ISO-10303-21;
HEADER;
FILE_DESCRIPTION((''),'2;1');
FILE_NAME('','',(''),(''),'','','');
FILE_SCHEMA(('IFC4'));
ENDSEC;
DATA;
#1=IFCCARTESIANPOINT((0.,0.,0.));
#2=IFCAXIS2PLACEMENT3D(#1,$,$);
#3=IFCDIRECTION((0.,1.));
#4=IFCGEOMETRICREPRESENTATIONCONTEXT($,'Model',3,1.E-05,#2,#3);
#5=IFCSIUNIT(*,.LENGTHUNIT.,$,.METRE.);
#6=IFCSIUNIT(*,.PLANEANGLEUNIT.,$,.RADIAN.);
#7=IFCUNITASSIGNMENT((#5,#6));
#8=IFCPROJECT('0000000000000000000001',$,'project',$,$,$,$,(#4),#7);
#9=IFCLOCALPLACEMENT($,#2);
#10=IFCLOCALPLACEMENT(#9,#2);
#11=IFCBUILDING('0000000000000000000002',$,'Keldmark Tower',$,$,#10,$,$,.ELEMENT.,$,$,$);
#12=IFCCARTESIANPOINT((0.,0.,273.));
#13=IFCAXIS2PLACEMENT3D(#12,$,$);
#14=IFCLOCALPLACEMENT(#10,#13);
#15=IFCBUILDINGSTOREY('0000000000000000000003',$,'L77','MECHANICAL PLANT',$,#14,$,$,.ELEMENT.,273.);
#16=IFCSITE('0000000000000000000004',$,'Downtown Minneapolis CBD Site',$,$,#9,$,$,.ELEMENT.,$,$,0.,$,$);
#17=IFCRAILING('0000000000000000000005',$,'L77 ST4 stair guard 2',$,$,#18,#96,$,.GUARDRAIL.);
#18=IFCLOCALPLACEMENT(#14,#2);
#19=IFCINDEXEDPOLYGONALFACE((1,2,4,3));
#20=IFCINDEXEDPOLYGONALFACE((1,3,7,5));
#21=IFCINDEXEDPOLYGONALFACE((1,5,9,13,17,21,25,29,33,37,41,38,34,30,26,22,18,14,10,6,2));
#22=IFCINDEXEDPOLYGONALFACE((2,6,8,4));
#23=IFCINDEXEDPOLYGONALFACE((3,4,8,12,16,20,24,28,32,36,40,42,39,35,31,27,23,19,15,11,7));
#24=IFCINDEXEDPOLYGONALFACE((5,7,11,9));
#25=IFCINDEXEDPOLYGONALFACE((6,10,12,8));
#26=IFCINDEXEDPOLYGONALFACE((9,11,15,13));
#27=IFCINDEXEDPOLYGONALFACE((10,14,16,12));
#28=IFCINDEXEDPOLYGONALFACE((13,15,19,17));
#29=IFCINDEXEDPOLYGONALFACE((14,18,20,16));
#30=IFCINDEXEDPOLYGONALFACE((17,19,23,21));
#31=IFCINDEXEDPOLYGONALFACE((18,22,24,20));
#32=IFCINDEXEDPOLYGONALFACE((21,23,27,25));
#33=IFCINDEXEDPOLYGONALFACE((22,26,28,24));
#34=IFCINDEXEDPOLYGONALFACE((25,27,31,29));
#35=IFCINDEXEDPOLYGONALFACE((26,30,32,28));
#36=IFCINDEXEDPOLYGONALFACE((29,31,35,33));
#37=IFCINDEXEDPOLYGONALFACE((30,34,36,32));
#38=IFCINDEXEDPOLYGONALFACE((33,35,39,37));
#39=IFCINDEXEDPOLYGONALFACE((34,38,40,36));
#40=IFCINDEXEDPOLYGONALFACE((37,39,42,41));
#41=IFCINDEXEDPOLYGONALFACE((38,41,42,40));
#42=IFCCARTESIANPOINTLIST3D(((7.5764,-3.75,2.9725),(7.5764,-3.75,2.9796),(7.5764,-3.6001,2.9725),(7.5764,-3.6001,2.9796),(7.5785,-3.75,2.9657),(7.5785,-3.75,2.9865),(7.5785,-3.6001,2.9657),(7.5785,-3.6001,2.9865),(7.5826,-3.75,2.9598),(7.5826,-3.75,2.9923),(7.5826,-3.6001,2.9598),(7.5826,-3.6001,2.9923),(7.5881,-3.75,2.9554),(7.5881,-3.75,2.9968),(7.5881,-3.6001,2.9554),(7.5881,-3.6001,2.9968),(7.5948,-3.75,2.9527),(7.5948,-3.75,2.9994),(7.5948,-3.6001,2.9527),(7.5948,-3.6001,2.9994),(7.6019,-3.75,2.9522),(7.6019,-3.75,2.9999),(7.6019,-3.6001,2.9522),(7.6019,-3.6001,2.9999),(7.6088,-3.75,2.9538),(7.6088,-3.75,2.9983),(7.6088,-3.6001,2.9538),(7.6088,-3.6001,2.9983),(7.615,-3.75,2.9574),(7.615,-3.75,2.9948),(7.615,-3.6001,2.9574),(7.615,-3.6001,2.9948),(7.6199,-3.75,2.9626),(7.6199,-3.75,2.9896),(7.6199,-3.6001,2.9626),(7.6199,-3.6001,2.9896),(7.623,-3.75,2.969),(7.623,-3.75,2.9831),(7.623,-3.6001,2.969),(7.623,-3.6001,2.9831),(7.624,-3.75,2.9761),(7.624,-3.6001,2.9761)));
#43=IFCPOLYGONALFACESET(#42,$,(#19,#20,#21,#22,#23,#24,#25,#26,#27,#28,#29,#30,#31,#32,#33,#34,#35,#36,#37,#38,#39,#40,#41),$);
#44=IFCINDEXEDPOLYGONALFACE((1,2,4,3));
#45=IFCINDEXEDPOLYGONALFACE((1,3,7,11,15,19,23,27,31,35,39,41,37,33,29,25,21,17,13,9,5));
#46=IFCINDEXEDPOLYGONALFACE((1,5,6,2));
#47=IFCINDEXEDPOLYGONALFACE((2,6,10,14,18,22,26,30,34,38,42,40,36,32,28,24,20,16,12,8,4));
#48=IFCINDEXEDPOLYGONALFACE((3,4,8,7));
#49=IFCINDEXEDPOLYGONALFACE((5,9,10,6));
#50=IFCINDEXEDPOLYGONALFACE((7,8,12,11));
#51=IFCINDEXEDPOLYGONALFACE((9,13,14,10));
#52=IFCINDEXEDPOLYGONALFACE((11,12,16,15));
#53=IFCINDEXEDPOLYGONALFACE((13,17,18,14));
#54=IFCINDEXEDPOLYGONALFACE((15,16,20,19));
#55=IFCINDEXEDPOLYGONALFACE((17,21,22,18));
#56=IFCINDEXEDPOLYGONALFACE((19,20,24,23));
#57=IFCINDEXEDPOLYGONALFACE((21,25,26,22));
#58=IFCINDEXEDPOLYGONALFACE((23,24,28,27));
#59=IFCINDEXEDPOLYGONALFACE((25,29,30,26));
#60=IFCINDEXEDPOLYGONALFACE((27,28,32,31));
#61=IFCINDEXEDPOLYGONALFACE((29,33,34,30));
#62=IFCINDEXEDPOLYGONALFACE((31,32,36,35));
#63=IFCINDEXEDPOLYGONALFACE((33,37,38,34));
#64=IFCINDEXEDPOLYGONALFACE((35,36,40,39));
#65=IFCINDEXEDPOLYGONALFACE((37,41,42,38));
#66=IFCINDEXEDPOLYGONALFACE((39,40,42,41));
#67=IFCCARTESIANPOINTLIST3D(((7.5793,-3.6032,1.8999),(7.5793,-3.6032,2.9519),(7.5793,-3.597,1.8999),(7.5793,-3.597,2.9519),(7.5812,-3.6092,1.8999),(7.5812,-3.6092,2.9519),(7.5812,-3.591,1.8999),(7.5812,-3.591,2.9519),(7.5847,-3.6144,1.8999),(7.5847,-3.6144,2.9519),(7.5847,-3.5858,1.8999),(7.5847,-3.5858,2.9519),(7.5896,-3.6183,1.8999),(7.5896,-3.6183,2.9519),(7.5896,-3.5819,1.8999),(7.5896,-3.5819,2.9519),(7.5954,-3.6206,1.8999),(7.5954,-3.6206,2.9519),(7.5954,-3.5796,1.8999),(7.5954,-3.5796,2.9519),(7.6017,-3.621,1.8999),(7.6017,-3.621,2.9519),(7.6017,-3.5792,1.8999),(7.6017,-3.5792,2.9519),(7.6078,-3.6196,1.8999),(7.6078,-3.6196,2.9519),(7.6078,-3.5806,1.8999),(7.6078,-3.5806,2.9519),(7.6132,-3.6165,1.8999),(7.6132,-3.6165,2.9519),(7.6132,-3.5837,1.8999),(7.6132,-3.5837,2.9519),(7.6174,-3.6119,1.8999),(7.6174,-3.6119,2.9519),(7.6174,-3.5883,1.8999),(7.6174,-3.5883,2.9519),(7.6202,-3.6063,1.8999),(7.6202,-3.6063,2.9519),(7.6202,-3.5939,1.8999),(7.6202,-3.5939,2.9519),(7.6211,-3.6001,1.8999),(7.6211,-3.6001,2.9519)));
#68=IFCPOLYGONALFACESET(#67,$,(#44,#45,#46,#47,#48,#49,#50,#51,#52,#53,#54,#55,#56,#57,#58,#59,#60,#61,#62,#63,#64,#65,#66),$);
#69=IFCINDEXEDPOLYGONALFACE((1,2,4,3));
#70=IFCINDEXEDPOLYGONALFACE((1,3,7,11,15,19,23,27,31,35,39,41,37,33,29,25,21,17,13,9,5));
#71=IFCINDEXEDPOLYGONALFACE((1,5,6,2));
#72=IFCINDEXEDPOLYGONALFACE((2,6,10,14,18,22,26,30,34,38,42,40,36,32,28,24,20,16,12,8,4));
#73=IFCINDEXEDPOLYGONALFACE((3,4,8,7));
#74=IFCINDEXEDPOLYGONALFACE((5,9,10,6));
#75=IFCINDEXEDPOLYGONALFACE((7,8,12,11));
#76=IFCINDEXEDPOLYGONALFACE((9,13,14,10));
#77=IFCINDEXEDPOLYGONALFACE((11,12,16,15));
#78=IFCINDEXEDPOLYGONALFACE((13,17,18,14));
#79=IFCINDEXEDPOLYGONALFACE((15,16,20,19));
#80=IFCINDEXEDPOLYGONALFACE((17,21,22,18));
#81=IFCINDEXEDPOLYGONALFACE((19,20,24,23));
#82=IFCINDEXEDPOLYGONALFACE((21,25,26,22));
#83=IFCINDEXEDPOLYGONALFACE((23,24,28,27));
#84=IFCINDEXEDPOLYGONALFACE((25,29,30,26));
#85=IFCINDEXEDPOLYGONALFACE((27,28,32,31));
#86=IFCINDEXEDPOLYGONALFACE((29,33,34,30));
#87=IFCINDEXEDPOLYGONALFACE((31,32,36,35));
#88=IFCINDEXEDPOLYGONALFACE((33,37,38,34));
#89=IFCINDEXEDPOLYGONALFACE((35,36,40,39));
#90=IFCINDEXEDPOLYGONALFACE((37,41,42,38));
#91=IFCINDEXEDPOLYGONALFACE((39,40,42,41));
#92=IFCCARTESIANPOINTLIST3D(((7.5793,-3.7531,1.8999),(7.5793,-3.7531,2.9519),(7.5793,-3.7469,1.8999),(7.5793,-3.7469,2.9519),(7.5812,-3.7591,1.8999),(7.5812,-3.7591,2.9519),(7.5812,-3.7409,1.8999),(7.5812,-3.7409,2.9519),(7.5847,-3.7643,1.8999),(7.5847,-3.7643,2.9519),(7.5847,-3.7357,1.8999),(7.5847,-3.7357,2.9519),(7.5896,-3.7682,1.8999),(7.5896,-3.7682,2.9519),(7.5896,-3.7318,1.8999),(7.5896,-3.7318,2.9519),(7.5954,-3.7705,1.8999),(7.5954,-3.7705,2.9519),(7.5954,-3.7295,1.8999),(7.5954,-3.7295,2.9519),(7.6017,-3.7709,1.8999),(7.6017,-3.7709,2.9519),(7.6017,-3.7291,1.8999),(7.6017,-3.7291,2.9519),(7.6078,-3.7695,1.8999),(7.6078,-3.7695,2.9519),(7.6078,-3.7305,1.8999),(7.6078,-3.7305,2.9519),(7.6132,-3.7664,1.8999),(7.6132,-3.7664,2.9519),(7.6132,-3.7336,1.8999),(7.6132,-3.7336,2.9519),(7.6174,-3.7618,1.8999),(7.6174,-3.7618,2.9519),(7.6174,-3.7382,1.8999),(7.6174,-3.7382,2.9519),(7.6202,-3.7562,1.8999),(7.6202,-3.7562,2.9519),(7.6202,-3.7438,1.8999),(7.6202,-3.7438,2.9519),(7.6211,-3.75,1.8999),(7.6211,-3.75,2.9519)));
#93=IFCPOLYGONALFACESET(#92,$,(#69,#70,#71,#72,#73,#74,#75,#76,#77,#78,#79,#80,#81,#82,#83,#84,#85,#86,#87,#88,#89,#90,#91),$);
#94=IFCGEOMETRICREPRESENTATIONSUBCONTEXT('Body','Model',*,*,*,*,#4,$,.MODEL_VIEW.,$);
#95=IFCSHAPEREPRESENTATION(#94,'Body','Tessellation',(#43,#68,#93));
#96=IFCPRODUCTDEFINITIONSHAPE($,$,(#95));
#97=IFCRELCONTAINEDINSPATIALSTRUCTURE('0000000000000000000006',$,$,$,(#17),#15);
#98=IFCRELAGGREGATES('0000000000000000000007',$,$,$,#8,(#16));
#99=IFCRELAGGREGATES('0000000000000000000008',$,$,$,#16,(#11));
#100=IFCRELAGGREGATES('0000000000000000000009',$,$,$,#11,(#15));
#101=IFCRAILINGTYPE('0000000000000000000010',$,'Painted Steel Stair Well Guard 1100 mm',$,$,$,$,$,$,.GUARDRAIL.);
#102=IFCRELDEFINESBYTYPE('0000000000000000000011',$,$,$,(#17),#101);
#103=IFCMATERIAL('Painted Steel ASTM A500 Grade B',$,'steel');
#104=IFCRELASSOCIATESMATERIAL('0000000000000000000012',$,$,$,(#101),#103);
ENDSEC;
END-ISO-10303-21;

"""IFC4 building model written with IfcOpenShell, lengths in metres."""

from ifc_helpers import new_model, si_unit, direction, frame, origin, origin_2d, place, context, subcontext, project, spatial, circle, extrude, material, type_object, element, save


model = new_model("IFC4")

# Units and contexts
model_context = context("Model", 3, precision=1e-05, world=origin(), true_north=direction((0.0, 1.0)))
body_context = subcontext(model_context, "Body", "Model", "MODEL_VIEW")
ifc_project = project(units=[si_unit("LENGTHUNIT", "METRE"), si_unit("PLANEANGLEUNIT", "RADIAN")], contexts=[model_context])

# Site, building, storey
site_placement = place(None, origin())
site = spatial("IfcSite", under=ifc_project, at=site_placement, Name="Downtown Minneapolis CBD Site", CompositionType="ELEMENT", RefElevation=0.0)
building_placement = place(site_placement, origin())
building = spatial("IfcBuilding", under=site, at=building_placement, Name="Keldmark Tower", CompositionType="ELEMENT")
storey_placement = place(building_placement, frame((0.0, 0.0, 273.0)))
storey = spatial("IfcBuildingStorey", under=building, at=storey_placement, Name="L77", Description="MECHANICAL PLANT", CompositionType="ELEMENT", Elevation=273.0)

# Railing
ifc_material_1 = material(Name="Painted Steel ASTM A500 Grade B", Category="steel")
railing_type_1 = type_object("IfcRailingType", Name="Painted Steel Stair Well Guard 1100 mm", PredefinedType="GUARDRAIL", material=ifc_material_1)
railing_1_placement = place(storey_placement, frame((7.6001, -3.6001, 1.8999)))
element("IfcRailing", 1, at=railing_1_placement, inside=storey, type_object=railing_type_1, Name="L77 ST4 stair guard 2", PredefinedType="GUARDRAIL", context=body_context, shape_type="SweptSolid", body=[
    extrude(circle(Radius=0.0239, at=origin_2d()), frame((0.0, 0.0, 1.0762), z_axis=(0.0, -1.0, 0.0), x_axis=(1.0, 0.0, 0.0)), (0.0, 0.0, 1.0), 0.1499),
    extrude(circle(Radius=0.021, at=origin_2d()), origin(), (0.0, 0.0, 1.0), 1.052),
    extrude(circle(Radius=0.021, at=origin_2d()), frame((0.0, -0.1499, 0.0)), (0.0, 0.0, 1.0), 1.052),
])

save(model, "model.ifc")
